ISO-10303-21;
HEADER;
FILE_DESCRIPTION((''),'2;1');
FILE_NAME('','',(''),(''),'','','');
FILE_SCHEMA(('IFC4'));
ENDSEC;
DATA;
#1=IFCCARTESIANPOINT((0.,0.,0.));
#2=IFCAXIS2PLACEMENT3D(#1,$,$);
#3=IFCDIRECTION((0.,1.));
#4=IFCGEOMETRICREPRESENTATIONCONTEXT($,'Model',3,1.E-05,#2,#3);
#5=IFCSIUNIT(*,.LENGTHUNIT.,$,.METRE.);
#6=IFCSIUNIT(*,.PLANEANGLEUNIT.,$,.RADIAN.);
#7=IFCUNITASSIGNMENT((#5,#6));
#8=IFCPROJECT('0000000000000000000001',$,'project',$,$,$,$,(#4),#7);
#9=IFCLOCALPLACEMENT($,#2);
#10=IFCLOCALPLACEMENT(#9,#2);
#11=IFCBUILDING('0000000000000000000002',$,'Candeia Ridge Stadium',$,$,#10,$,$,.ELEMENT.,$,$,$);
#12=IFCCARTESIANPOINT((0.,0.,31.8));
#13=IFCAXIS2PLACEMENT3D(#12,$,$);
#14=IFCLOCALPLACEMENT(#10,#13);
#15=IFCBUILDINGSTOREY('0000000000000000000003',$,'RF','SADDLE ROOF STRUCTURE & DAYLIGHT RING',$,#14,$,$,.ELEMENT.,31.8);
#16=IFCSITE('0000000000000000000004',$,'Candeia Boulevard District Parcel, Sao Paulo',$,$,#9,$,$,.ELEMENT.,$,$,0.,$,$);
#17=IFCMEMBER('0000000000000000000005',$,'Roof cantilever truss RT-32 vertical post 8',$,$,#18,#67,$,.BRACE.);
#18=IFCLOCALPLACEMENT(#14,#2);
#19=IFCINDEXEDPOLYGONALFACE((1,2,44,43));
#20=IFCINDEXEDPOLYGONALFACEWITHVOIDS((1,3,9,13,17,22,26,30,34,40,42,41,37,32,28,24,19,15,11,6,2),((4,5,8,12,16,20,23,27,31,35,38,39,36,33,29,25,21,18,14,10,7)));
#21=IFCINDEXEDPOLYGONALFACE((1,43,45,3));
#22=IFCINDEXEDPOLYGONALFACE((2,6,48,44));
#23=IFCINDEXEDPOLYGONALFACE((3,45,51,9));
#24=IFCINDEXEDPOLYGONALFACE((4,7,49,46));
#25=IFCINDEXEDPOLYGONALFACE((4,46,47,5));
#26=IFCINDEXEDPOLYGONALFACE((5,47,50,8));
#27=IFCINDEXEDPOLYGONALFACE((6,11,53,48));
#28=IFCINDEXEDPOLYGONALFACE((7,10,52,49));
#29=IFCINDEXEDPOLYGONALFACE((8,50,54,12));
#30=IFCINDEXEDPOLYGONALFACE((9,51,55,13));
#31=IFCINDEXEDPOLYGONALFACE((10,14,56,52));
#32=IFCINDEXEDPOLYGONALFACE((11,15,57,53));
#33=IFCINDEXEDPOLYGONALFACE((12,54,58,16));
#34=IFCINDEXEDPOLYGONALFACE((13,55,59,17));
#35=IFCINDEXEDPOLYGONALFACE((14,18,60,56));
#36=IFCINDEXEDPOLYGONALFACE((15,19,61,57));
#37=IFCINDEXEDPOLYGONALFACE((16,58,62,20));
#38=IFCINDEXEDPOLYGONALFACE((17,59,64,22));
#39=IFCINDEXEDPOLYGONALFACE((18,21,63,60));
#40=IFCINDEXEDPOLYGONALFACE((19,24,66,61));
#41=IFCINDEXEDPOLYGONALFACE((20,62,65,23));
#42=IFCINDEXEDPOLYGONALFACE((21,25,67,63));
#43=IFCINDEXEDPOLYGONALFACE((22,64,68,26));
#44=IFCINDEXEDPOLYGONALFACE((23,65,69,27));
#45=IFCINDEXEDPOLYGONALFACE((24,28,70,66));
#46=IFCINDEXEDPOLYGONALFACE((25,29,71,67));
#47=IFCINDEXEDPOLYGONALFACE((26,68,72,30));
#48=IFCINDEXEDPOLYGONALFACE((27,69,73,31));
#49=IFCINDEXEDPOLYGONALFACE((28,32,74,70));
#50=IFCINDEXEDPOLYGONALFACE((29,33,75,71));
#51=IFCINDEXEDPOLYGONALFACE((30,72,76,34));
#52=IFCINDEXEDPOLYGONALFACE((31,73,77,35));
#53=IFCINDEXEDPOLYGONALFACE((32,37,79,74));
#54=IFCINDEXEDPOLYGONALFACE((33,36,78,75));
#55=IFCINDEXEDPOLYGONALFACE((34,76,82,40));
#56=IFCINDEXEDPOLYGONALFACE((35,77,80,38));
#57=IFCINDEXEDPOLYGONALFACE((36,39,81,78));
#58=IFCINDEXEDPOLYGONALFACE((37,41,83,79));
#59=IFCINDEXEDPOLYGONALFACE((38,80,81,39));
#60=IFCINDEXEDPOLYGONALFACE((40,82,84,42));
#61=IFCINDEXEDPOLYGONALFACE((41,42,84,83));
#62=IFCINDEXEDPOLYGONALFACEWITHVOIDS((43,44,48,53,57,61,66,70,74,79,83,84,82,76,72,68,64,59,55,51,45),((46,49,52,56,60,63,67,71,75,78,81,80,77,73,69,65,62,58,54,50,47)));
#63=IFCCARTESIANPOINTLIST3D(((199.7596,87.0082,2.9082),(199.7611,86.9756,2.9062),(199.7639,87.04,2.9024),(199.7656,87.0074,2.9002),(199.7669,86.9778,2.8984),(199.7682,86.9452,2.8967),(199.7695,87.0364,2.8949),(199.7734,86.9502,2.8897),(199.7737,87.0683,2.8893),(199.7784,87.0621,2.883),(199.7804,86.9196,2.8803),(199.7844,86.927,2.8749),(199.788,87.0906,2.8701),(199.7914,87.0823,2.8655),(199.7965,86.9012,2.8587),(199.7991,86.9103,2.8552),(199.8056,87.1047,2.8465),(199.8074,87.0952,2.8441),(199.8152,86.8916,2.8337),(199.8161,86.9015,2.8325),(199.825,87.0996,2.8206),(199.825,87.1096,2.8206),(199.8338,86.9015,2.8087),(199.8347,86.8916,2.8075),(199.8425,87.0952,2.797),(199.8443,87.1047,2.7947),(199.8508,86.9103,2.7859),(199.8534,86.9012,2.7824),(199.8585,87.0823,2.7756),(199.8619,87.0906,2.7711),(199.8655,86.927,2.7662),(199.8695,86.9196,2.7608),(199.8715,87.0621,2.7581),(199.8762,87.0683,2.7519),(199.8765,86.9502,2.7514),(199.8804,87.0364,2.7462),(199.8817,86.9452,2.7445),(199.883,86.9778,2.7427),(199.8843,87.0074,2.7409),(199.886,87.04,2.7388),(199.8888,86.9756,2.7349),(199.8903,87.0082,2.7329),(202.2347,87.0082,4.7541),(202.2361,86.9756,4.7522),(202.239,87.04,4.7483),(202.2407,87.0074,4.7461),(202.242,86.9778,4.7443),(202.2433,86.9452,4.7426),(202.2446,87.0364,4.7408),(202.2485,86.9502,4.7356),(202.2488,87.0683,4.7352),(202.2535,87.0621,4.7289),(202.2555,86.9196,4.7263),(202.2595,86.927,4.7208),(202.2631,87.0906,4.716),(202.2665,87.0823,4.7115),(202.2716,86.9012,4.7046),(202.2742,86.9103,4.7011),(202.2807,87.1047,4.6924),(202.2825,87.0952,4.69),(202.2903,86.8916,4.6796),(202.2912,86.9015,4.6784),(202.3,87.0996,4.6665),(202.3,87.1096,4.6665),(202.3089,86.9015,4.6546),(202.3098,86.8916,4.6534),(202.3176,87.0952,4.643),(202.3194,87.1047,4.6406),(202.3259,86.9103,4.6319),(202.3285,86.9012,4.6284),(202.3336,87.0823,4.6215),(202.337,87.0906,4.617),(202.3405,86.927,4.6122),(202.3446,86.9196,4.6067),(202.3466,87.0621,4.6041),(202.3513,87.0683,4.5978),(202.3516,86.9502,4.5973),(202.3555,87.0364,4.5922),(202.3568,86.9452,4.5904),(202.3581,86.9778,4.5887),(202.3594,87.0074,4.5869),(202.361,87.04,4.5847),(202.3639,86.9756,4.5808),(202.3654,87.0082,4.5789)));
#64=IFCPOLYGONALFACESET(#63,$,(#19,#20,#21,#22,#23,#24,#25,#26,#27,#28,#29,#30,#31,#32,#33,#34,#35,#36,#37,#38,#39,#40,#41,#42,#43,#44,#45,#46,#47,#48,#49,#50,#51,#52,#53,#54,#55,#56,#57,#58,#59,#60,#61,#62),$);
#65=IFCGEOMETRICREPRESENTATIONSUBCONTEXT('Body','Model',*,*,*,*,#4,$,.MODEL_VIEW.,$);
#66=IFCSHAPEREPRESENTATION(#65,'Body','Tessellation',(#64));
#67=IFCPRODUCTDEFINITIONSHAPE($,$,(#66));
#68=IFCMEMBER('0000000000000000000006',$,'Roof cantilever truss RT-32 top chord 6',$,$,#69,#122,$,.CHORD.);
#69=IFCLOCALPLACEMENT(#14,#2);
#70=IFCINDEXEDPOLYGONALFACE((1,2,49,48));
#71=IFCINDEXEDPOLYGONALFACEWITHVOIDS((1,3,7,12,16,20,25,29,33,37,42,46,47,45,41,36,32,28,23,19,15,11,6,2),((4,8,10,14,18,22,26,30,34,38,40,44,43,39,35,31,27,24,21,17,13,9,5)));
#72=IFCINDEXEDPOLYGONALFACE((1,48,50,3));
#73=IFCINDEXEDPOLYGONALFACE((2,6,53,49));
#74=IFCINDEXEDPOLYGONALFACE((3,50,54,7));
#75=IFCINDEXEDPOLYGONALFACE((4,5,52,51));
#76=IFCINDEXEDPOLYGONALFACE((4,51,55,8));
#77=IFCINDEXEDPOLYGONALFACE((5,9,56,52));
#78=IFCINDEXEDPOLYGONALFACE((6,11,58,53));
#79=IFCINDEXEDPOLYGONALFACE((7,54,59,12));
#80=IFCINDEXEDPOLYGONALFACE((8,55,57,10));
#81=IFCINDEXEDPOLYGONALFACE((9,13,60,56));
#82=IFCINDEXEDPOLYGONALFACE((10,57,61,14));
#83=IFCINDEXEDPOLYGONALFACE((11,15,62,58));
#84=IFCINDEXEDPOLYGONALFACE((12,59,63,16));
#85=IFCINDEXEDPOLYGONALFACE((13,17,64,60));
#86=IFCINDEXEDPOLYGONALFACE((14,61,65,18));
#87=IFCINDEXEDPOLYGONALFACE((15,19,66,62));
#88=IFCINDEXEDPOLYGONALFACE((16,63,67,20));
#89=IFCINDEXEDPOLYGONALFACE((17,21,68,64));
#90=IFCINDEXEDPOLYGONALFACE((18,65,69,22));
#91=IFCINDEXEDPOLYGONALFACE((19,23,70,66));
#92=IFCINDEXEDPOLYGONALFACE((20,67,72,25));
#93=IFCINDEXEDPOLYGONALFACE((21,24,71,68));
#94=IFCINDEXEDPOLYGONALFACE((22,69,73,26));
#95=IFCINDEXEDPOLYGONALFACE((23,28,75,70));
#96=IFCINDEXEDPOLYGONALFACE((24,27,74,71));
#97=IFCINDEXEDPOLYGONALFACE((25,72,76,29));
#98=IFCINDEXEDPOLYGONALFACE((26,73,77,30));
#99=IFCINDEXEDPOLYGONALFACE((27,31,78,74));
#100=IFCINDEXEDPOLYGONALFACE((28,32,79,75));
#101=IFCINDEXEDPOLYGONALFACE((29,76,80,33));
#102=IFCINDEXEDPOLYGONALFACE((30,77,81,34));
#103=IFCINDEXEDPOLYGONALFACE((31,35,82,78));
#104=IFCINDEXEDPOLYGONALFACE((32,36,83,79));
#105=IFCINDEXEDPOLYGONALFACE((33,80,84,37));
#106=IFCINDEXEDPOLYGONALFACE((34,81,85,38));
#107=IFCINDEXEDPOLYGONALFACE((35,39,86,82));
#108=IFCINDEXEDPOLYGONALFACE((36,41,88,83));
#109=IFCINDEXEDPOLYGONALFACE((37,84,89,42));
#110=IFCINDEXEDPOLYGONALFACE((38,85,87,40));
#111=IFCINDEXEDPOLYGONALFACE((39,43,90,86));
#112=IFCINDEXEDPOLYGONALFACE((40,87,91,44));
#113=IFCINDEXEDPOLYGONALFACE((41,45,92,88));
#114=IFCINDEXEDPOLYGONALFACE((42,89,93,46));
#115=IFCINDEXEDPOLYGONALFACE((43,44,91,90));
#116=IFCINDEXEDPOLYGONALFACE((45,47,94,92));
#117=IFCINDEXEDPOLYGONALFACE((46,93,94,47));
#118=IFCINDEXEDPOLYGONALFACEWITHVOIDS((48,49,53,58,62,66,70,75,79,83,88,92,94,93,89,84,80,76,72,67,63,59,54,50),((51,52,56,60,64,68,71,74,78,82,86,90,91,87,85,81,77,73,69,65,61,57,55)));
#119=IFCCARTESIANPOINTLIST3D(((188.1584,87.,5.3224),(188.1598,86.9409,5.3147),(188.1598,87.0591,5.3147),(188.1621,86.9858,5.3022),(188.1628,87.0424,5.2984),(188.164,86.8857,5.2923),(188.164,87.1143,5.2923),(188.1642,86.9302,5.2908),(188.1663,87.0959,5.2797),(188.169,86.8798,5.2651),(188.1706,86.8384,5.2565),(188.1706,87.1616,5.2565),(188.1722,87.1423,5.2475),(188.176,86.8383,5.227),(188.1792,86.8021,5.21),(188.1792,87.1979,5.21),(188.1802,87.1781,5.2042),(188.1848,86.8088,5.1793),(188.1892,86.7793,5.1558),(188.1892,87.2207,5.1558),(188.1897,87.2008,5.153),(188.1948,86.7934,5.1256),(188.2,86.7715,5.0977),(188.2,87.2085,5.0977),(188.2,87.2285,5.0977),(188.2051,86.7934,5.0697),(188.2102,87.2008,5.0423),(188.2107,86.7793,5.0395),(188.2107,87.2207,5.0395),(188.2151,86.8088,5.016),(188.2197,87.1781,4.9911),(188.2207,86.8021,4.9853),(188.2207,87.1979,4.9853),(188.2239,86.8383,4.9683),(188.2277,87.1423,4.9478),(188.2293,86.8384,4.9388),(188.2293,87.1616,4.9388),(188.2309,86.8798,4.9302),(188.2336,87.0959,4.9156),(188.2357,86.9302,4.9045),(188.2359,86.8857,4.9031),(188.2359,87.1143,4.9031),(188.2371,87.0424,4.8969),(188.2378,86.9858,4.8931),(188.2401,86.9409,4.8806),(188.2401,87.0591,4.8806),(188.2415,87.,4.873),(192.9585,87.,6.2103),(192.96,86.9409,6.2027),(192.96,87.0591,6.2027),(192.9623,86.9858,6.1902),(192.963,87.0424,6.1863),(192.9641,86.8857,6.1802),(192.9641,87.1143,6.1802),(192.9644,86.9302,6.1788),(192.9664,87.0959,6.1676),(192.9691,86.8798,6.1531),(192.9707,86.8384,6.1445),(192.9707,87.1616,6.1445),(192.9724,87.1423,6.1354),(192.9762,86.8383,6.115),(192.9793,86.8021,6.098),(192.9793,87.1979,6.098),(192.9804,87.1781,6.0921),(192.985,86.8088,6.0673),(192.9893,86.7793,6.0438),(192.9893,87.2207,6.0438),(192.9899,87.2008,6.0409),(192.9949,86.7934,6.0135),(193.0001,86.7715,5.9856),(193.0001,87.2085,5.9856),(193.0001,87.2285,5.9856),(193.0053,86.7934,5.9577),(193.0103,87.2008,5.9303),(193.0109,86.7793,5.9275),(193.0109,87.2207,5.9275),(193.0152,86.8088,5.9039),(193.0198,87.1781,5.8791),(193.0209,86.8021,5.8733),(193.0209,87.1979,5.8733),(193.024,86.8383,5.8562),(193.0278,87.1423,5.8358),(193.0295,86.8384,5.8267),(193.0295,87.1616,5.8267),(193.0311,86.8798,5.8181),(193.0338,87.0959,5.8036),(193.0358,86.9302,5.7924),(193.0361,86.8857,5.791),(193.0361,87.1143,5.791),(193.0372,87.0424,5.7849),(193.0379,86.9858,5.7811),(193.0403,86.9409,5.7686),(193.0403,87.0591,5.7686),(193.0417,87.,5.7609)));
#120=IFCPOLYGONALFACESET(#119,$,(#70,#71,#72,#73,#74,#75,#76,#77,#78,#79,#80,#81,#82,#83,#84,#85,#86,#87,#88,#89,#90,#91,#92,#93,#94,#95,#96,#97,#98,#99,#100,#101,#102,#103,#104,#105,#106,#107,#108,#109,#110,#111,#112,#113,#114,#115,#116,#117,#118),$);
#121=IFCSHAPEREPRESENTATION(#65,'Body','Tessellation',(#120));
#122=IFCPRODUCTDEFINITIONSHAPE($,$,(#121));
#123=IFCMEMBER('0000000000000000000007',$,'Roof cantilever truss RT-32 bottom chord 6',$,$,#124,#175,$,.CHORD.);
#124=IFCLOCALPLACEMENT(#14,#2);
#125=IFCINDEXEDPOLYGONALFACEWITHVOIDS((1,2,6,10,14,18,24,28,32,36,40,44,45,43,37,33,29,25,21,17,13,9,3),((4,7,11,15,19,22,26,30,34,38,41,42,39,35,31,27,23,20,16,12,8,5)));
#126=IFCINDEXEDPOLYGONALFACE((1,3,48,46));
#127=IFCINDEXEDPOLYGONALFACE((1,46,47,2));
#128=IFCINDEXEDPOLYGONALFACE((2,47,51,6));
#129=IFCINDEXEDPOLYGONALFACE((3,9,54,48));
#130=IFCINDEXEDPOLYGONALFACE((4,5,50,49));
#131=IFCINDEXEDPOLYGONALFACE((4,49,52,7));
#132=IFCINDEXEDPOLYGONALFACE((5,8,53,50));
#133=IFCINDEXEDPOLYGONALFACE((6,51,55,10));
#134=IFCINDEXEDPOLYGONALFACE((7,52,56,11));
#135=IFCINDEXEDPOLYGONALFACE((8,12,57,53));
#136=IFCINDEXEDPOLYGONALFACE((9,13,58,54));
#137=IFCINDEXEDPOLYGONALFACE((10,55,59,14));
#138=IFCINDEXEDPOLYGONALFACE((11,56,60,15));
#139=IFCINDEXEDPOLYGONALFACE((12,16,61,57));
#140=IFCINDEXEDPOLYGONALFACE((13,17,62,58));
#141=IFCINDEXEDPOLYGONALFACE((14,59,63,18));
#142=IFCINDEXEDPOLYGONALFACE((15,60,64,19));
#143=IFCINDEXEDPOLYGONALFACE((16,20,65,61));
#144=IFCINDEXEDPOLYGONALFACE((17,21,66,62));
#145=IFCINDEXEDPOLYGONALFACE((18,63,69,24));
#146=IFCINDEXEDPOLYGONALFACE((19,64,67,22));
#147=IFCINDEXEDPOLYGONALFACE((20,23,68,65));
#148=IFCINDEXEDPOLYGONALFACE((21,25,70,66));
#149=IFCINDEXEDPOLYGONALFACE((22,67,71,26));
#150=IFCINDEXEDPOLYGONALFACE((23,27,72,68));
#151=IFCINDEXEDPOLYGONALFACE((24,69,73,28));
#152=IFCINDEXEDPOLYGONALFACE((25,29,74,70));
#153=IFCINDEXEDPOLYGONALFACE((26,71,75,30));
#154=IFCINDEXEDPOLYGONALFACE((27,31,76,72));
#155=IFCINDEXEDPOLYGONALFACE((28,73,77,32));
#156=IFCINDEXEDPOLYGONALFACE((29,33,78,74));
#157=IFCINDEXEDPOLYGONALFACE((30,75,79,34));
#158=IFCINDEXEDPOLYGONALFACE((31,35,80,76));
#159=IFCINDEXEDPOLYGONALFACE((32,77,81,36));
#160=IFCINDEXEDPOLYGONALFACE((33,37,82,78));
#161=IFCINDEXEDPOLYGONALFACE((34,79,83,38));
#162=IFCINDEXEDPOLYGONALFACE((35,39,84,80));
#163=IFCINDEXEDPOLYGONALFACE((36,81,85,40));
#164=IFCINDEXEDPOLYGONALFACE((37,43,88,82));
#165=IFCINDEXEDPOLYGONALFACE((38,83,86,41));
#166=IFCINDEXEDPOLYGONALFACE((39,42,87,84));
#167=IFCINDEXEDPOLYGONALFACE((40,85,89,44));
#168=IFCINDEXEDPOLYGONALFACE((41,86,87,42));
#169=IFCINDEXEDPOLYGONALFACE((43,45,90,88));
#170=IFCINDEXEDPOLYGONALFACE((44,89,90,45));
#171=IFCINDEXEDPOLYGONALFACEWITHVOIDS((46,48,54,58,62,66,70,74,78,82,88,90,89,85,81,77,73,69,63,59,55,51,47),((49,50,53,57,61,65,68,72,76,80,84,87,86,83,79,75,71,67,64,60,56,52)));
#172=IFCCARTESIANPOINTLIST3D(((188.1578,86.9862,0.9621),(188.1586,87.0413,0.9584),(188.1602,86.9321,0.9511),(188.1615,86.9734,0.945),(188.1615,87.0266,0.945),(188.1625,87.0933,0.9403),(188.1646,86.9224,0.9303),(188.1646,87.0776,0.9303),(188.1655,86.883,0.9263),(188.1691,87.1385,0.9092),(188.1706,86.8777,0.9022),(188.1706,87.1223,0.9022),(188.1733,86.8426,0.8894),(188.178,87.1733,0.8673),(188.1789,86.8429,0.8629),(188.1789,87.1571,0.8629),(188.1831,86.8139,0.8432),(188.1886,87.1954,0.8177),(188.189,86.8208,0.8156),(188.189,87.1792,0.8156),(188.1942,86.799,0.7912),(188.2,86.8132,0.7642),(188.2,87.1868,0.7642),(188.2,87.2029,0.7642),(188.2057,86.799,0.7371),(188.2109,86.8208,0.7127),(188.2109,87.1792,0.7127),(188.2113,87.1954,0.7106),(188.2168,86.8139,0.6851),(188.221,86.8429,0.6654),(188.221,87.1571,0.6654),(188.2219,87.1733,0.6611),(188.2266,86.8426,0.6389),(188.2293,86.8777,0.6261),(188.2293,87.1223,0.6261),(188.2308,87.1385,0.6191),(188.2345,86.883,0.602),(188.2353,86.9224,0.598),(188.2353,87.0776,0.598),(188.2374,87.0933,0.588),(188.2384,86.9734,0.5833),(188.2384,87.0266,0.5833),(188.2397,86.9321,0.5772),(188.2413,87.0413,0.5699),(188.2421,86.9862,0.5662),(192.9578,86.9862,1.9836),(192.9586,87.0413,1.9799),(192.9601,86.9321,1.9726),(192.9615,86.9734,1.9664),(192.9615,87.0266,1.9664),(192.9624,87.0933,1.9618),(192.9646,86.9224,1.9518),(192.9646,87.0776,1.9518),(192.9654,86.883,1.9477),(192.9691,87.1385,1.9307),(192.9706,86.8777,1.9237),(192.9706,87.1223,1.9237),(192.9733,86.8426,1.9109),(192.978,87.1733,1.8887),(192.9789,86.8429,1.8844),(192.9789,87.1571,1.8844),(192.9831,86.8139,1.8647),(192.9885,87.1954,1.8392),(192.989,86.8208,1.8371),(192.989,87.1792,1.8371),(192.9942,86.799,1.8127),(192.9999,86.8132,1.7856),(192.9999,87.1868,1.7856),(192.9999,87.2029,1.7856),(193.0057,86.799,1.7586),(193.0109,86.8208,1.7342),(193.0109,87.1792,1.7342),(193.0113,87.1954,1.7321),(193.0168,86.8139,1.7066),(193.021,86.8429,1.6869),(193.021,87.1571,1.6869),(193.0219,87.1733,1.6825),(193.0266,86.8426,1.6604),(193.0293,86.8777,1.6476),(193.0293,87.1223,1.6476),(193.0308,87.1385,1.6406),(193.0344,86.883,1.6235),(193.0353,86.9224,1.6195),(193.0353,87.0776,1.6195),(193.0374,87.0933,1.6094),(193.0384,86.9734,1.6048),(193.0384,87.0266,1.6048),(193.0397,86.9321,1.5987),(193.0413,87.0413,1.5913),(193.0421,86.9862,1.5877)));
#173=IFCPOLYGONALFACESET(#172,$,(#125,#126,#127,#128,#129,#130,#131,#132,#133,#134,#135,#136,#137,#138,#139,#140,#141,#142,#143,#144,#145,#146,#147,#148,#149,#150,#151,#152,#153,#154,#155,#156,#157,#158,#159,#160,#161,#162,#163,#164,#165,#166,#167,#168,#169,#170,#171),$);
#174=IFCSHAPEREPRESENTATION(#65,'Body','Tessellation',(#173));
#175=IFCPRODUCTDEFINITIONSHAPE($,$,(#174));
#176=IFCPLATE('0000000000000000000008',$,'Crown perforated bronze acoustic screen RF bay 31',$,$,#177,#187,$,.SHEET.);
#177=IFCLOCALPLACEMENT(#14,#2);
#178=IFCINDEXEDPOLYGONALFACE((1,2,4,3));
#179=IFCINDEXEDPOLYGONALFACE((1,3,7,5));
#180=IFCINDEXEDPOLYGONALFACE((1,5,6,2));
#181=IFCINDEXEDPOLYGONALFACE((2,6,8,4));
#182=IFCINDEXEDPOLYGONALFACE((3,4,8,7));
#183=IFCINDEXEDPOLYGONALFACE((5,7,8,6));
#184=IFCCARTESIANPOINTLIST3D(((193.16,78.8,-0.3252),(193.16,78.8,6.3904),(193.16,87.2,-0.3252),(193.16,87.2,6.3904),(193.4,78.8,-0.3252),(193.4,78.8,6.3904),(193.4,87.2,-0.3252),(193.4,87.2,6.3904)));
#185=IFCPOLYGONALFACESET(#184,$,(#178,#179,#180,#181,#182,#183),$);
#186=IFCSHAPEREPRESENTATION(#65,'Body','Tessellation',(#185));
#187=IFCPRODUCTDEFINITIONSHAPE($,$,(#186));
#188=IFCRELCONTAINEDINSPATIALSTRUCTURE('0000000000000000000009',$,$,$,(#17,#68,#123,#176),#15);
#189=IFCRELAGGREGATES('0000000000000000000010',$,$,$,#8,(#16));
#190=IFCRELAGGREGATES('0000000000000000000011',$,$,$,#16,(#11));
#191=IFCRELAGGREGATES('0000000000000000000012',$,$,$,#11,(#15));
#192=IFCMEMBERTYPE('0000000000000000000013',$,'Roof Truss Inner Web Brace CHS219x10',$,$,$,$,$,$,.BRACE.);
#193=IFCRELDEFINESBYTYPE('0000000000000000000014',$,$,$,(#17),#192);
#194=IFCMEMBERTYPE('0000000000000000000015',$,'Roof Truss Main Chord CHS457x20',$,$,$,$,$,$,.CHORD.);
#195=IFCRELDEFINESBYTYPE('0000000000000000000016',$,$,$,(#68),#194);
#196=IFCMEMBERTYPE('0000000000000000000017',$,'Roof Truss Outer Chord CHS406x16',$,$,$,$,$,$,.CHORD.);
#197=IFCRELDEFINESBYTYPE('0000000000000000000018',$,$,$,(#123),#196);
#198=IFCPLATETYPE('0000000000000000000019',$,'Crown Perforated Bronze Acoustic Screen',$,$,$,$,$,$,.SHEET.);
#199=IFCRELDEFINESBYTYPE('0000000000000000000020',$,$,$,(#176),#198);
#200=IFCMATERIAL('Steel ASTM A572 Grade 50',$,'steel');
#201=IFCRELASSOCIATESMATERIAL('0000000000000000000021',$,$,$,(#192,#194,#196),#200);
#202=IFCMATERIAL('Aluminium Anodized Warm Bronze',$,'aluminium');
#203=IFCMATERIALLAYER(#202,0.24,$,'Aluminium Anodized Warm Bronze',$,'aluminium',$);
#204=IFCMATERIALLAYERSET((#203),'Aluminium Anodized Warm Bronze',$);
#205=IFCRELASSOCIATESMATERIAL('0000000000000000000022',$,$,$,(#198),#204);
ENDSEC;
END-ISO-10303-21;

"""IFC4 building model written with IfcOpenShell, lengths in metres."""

from ifc_helpers import new_model, si_unit, direction, frame, origin, origin_2d, place, context, subcontext, project, spatial, rectangle, hollow_circle, extrude, material, layer, layer_set, material_profile, profile_set, type_object, element, save


model = new_model("IFC4")

# Units and contexts
model_context = context("Model", 3, precision=1e-05, world=origin(), true_north=direction((0.0, 1.0)))
body_context = subcontext(model_context, "Body", "Model", "MODEL_VIEW")
ifc_project = project(units=[si_unit("LENGTHUNIT", "METRE"), si_unit("PLANEANGLEUNIT", "RADIAN")], contexts=[model_context])

# Site, building, storey
site_placement = place(None, origin())
site = spatial("IfcSite", under=ifc_project, at=site_placement, Name="Candeia Boulevard District Parcel, Sao Paulo", CompositionType="ELEMENT", RefElevation=0.0)
building_placement = place(site_placement, origin())
building = spatial("IfcBuilding", under=site, at=building_placement, Name="Candeia Ridge Stadium", CompositionType="ELEMENT")
storey_placement = place(building_placement, frame((0.0, 0.0, 31.8)))
storey = spatial("IfcBuildingStorey", under=building, at=storey_placement, Name="RF", Description="SADDLE ROOF STRUCTURE & DAYLIGHT RING", CompositionType="ELEMENT", Elevation=31.8)

# Shared definitions
ifc_material_1 = material(Name="Steel ASTM A572 Grade 50", Category="steel")

# Members
ifc_material_profile_1 = material_profile(ifc_material_1, hollow_circle(Radius=0.1096, WallThickness=0.01, at=origin_2d()), Name="CHS219x10", Category="steel")
ifc_profile_set_1 = profile_set([ifc_material_profile_1], Name="Steel ASTM A572 Grade 50")
member_type_1 = type_object("IfcMemberType", Name="Roof Truss Inner Web Brace CHS219x10", PredefinedType="BRACE", material=ifc_profile_set_1)
member_1_placement = place(storey_placement, frame((199.825, 87.0, 2.8206), z_axis=(0.80161, 0.0, 0.597847), x_axis=(0.0, 1.0, 0.0)))
element("IfcMember", 1, at=member_1_placement, inside=storey, type_object=member_type_1, Name="Roof cantilever truss RT-32 vertical post 8", PredefinedType="BRACE", context=body_context, shape_type="SweptSolid", body=[
    extrude(hollow_circle(Radius=0.1096, WallThickness=0.01, at=origin_2d()), origin(), (0.0, 0.0, 1.0), 3.0876),
])
ifc_material_profile_2 = material_profile(ifc_material_1, hollow_circle(Radius=0.2285, WallThickness=0.02, at=origin_2d()), Name="CHS457x20", Category="steel")
ifc_profile_set_2 = profile_set([ifc_material_profile_2], Name="Steel ASTM A572 Grade 50")
member_type_2 = type_object("IfcMemberType", Name="Roof Truss Main Chord CHS457x20", PredefinedType="CHORD", material=ifc_profile_set_2)
member_2_placement = place(storey_placement, frame((188.2, 87.0, 5.0977), z_axis=(0.983317, 0.0, 0.181899), x_axis=(0.0, 1.0, 0.0)))
element("IfcMember", 2, at=member_2_placement, inside=storey, type_object=member_type_2, Name="Roof cantilever truss RT-32 top chord 6", PredefinedType="CHORD", context=body_context, shape_type="SweptSolid", body=[
    extrude(hollow_circle(Radius=0.2285, WallThickness=0.02, at=origin_2d()), origin(), (0.0, 0.0, 1.0), 4.8816),
])
ifc_material_profile_3 = material_profile(ifc_material_1, hollow_circle(Radius=0.2029, WallThickness=0.0161, at=origin_2d()), Name="CHS406x16", Category="steel")
ifc_profile_set_3 = profile_set([ifc_material_profile_3], Name="Steel ASTM A572 Grade 50")
member_type_3 = type_object("IfcMemberType", Name="Roof Truss Outer Chord CHS406x16", PredefinedType="CHORD", material=ifc_profile_set_3)
member_3_placement = place(storey_placement, frame((188.2, 87.0, 0.7642), z_axis=(0.978098, 0.0, 0.208146), x_axis=(0.0, 1.0, 0.0)))
element("IfcMember", 3, at=member_3_placement, inside=storey, type_object=member_type_3, Name="Roof cantilever truss RT-32 bottom chord 6", PredefinedType="CHORD", context=body_context, shape_type="SweptSolid", body=[
    extrude(hollow_circle(Radius=0.2029, WallThickness=0.0161, at=origin_2d()), origin(), (0.0, 0.0, 1.0), 4.9075),
])

# Plate
ifc_material_2 = material(Name="Aluminium Anodized Warm Bronze", Category="aluminium")
ifc_layer_1 = layer(ifc_material_2, 0.24, Name="Aluminium Anodized Warm Bronze", Category="aluminium")
ifc_layer_set_1 = layer_set([ifc_layer_1], Name="Aluminium Anodized Warm Bronze")
plate_type_1 = type_object("IfcPlateType", Name="Crown Perforated Bronze Acoustic Screen", PredefinedType="SHEET", material=ifc_layer_set_1)
plate_1_placement = place(storey_placement, frame((193.28, 83.0, -0.3252), z_axis=(0.0, 0.0, 1.0), x_axis=(0.0, 1.0, 0.0)))
element("IfcPlate", 4, at=plate_1_placement, inside=storey, type_object=plate_type_1, Name="Crown perforated bronze acoustic screen RF bay 31", PredefinedType="SHEET", context=body_context, shape_type="SweptSolid", body=[
    extrude(rectangle(XDim=8.3999, YDim=0.24, at=origin_2d()), origin(), (0.0, 0.0, 1.0), 6.7156),
])

save(model, "model.ifc")
